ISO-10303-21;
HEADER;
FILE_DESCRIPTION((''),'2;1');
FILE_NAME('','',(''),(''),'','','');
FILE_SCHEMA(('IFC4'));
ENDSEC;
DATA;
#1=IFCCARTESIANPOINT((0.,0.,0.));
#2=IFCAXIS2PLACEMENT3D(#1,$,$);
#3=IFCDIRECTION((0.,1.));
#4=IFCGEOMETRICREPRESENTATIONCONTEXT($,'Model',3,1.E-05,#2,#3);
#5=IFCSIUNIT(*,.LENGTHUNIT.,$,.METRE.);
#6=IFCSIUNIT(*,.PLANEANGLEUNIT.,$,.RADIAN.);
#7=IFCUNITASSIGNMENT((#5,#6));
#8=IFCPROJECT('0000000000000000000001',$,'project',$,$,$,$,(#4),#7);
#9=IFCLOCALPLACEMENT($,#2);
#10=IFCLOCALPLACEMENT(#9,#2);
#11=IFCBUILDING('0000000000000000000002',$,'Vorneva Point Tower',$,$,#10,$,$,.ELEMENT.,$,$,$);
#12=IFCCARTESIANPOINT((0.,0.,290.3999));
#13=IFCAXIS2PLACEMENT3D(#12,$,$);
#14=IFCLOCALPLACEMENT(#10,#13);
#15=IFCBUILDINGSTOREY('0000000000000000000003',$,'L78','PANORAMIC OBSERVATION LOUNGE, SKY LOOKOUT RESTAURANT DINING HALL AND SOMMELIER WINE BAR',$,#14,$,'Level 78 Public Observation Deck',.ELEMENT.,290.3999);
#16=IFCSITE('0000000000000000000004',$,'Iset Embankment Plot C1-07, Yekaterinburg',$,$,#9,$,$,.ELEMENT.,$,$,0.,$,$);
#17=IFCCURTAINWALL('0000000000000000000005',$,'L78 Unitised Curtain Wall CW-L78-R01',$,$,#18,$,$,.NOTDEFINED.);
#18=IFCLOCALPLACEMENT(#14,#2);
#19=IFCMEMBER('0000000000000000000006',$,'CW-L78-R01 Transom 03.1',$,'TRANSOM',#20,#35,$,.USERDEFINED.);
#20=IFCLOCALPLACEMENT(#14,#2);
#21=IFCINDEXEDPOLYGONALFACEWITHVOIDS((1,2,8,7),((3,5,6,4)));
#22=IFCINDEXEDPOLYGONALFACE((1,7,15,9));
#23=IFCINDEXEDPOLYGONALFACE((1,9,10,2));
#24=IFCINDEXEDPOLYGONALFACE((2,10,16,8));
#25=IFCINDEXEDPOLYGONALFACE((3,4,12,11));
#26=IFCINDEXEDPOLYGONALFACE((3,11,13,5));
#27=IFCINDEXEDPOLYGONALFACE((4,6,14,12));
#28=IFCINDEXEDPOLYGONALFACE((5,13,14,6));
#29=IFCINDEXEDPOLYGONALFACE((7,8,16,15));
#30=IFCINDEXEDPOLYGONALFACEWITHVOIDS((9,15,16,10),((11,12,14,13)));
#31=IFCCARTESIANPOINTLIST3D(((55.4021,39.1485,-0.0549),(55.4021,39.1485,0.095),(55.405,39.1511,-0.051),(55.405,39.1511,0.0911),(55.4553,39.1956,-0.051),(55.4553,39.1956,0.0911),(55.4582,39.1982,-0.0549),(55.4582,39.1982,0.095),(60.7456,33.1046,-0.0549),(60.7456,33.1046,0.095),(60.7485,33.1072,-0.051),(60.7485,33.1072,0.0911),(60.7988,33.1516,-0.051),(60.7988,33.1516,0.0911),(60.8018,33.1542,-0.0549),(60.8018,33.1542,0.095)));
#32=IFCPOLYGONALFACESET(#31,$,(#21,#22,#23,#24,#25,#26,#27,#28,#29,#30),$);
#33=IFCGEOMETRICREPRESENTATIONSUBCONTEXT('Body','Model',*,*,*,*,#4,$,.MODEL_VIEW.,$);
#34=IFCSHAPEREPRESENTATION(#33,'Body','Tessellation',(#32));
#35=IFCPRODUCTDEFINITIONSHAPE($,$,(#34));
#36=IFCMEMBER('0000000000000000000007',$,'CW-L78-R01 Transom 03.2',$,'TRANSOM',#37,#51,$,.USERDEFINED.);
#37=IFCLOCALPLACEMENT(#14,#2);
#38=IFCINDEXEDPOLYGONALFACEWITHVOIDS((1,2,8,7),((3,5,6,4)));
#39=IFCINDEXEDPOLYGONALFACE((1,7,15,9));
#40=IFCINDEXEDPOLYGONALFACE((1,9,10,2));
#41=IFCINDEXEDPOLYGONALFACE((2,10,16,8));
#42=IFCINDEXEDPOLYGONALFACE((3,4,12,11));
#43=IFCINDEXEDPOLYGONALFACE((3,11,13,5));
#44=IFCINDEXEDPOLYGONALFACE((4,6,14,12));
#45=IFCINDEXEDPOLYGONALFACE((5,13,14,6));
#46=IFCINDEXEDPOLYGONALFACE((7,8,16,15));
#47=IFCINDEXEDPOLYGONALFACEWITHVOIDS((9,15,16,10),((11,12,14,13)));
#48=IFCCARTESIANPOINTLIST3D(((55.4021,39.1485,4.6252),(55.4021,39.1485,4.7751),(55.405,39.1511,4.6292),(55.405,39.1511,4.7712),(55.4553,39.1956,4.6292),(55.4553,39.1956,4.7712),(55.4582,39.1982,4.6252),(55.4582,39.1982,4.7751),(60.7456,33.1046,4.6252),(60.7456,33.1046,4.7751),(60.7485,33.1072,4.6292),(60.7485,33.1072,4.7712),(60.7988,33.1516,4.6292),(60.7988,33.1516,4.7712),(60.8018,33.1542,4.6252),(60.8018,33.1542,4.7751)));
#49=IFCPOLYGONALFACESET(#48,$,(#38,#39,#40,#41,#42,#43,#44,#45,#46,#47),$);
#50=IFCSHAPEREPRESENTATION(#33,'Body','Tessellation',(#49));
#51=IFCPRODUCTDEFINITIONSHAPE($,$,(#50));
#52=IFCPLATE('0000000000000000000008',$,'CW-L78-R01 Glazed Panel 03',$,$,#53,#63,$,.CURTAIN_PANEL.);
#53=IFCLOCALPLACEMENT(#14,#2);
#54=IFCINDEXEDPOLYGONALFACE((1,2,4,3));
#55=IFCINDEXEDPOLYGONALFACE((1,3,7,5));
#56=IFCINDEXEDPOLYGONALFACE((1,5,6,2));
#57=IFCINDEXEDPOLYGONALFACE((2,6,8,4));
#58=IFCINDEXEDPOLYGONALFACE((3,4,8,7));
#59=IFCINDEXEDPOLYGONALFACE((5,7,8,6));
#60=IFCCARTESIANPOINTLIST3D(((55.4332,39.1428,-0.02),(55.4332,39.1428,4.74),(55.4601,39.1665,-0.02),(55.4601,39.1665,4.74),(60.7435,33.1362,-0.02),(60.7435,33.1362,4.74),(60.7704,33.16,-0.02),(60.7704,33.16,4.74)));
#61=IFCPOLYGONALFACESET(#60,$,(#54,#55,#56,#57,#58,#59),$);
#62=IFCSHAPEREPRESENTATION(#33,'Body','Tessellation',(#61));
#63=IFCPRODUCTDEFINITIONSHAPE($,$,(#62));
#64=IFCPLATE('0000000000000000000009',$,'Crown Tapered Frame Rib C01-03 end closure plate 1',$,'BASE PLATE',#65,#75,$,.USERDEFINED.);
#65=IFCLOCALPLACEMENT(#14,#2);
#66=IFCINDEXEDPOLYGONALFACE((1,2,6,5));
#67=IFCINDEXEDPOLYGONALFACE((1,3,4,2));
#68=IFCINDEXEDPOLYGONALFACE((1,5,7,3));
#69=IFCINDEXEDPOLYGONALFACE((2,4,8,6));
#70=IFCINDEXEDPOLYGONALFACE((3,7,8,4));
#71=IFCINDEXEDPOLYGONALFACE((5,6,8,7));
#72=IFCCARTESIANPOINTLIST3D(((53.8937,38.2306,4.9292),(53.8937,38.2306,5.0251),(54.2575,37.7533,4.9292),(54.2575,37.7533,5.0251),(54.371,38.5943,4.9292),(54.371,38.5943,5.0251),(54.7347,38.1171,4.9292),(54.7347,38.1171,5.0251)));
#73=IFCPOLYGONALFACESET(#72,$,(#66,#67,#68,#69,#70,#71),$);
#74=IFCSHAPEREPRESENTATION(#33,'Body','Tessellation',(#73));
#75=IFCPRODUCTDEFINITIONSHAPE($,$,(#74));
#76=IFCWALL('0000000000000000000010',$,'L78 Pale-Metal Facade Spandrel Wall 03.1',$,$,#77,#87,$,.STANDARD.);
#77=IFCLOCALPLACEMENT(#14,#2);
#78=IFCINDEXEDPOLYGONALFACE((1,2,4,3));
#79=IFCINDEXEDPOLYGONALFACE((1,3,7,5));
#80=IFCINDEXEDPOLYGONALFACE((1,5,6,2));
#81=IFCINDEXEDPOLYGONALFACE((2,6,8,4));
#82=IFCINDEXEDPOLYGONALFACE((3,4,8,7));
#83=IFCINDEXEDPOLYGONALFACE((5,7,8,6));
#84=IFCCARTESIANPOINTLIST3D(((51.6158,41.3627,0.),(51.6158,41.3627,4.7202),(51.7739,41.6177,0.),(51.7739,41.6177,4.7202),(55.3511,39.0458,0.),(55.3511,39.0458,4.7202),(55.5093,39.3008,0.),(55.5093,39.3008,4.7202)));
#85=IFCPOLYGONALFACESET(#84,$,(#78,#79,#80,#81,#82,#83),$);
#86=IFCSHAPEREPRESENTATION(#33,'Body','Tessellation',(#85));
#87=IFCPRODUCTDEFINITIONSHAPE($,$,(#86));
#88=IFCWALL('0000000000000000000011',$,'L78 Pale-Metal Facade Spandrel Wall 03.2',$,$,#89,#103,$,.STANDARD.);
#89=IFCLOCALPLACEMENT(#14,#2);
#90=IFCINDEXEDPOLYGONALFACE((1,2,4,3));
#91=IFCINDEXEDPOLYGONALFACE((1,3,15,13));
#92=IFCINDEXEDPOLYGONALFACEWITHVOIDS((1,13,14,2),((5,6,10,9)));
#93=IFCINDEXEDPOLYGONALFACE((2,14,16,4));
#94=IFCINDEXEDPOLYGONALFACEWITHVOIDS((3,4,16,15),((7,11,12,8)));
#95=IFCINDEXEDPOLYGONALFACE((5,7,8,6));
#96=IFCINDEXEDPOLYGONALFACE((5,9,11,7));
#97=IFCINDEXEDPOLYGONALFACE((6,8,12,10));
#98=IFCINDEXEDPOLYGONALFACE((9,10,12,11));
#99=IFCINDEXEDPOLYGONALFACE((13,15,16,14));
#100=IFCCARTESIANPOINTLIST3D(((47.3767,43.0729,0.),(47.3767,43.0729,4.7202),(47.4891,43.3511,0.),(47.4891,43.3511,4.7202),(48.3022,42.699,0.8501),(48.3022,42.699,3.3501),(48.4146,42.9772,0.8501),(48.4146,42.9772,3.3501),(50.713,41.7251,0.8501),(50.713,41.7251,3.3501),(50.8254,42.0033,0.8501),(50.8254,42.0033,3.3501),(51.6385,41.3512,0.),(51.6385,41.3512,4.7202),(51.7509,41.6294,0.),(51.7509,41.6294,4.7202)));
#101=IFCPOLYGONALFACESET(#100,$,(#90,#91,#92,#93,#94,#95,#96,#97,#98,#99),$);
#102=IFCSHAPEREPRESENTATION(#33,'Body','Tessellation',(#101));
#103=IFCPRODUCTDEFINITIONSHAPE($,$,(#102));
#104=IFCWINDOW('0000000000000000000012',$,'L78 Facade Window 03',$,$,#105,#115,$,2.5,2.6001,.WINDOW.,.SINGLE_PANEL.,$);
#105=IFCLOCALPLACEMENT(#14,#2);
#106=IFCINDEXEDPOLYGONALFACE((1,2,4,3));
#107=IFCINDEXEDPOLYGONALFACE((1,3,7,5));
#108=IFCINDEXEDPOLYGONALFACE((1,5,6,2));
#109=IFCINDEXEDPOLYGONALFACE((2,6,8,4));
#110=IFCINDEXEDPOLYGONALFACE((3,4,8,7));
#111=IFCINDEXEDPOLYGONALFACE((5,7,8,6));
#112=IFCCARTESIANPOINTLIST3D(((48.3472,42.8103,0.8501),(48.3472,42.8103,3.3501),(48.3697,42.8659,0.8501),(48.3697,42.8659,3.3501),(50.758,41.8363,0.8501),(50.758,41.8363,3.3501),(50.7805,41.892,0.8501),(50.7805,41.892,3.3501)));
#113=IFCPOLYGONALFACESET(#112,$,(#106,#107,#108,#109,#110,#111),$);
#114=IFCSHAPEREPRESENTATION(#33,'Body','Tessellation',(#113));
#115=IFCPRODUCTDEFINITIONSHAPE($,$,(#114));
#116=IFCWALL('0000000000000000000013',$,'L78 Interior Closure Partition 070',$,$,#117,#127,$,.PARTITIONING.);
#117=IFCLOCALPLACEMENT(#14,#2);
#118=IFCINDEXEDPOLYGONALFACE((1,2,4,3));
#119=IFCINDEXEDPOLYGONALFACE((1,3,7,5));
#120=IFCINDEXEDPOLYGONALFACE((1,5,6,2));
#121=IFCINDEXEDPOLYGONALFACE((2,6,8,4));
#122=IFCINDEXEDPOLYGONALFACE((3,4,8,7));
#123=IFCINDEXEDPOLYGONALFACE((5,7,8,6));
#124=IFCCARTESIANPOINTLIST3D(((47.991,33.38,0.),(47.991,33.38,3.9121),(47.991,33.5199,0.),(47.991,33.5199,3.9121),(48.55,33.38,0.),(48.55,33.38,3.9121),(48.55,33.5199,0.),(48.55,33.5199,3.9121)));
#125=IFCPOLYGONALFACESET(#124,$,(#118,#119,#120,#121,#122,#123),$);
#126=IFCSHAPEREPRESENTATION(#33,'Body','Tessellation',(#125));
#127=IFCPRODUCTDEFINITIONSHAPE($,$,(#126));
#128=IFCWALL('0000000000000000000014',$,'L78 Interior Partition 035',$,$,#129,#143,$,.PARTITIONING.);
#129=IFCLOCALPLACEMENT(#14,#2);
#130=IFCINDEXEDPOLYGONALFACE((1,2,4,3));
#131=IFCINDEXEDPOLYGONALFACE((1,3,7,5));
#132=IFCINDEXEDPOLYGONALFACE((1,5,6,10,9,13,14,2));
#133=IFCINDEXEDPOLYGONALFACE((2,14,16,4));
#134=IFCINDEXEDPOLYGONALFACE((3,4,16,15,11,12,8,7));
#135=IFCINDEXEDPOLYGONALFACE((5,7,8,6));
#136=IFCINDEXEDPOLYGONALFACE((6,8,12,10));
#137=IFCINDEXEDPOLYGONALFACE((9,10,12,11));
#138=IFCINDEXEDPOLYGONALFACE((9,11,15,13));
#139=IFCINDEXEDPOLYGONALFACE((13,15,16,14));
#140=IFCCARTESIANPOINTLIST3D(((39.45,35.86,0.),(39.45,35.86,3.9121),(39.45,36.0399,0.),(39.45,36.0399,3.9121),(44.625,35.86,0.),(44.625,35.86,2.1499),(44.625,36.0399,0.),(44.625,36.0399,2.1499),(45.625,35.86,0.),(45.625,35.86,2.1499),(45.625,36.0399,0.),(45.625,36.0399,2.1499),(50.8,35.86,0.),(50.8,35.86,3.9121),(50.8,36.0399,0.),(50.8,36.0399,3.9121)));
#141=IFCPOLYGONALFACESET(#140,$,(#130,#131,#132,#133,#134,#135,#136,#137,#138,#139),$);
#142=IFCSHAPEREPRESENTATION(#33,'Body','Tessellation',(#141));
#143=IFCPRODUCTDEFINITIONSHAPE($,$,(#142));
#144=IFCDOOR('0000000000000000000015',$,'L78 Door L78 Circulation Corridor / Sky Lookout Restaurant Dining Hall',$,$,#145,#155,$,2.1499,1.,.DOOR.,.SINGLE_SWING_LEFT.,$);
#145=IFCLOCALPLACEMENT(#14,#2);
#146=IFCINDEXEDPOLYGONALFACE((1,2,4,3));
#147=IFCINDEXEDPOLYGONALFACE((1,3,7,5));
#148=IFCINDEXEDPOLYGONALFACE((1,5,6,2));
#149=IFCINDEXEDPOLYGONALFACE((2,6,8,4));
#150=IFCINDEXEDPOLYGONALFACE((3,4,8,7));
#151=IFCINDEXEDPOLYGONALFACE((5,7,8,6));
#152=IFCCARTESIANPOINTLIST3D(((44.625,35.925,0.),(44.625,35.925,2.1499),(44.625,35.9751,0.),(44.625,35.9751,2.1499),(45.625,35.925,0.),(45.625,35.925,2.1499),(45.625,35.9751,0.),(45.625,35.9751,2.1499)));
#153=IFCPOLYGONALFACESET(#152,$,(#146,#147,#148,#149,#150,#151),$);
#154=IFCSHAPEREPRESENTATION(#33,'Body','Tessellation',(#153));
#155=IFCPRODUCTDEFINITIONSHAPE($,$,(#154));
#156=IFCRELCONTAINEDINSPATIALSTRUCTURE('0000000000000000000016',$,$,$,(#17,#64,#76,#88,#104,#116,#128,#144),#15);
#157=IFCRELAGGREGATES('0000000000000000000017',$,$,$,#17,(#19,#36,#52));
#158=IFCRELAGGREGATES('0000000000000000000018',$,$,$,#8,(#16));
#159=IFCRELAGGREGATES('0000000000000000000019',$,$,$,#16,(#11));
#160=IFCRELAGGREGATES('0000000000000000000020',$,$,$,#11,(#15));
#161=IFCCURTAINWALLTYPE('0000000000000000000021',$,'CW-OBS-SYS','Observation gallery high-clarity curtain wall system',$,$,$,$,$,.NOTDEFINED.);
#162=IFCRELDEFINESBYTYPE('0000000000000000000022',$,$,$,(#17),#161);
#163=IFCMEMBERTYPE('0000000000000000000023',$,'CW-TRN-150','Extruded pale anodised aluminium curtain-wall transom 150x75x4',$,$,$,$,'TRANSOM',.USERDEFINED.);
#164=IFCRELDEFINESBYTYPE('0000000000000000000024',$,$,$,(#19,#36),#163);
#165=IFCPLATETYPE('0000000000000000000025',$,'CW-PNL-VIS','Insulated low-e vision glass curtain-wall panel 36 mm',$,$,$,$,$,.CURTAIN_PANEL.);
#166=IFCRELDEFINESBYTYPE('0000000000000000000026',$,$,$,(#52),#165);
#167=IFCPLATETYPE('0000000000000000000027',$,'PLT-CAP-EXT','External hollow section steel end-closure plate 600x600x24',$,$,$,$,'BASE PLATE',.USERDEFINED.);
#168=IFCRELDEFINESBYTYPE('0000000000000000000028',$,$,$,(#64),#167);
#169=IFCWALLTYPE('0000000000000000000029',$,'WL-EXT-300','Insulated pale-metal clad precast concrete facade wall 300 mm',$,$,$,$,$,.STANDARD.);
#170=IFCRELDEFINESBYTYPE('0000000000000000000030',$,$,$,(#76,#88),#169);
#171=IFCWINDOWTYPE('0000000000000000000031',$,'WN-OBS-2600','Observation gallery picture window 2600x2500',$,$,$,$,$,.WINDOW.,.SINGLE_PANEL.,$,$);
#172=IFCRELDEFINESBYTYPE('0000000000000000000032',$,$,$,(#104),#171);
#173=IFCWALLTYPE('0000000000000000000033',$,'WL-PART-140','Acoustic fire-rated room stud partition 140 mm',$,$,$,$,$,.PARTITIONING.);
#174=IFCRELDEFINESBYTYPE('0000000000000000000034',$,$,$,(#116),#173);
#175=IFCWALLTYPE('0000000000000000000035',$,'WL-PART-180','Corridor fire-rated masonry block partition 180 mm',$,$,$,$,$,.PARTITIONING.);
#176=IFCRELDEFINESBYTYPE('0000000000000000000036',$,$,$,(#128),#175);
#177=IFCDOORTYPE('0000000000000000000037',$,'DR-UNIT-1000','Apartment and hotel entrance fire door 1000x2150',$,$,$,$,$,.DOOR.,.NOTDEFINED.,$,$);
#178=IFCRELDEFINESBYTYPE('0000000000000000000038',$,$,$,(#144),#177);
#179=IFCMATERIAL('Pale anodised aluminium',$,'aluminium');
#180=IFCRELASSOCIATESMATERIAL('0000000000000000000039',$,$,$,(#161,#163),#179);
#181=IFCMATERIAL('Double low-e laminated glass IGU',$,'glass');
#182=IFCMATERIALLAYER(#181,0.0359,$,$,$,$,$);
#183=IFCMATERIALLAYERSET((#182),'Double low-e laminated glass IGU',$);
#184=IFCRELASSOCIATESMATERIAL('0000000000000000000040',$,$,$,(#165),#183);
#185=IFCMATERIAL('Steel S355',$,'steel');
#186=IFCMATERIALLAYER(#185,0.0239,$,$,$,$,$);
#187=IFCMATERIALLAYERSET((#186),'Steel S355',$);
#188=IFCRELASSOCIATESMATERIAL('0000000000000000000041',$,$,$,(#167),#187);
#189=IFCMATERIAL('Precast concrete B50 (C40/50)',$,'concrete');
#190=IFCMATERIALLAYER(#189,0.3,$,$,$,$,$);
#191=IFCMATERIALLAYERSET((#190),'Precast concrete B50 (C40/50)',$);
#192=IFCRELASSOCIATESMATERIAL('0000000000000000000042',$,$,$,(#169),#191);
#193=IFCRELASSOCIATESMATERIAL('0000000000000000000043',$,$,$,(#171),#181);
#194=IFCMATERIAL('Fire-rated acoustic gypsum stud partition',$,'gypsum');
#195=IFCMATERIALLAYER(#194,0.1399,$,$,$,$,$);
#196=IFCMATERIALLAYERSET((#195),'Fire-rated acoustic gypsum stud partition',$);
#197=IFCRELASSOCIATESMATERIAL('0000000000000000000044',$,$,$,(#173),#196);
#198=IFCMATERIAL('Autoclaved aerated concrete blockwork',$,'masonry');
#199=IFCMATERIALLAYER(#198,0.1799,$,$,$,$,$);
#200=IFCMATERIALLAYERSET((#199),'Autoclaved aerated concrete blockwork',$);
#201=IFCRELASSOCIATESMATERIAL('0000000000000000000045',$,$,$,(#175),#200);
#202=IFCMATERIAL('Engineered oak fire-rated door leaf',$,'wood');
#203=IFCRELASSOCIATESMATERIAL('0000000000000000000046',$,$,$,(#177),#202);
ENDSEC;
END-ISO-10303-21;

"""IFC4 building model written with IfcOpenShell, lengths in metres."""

from ifc_helpers import new_model, si_unit, direction, frame, frame_2d, origin, origin_2d, place, context, subcontext, project, spatial, rectangle, hollow_rectangle, extrude, material, layer, layer_set, material_profile, profile_set, type_object, element, fill, aggregate, save


model = new_model("IFC4")

# Units and contexts
model_context = context("Model", 3, precision=1e-05, world=origin(), true_north=direction((0.0, 1.0)))
body_context = subcontext(model_context, "Body", "Model", "MODEL_VIEW")
ifc_project = project(units=[si_unit("LENGTHUNIT", "METRE"), si_unit("PLANEANGLEUNIT", "RADIAN")], contexts=[model_context])

# Site, building, storey
site_placement = place(None, origin())
site = spatial("IfcSite", under=ifc_project, at=site_placement, Name="Iset Embankment Plot C1-07, Yekaterinburg", CompositionType="ELEMENT", RefElevation=0.0)
building_placement = place(site_placement, origin())
building = spatial("IfcBuilding", under=site, at=building_placement, Name="Vorneva Point Tower", CompositionType="ELEMENT")
storey_placement = place(building_placement, frame((0.0, 0.0, 290.3999)))
storey = spatial("IfcBuildingStorey", under=building, at=storey_placement, Name="L78", Description="PANORAMIC OBSERVATION LOUNGE, SKY LOOKOUT RESTAURANT DINING HALL AND SOMMELIER WINE BAR", LongName="Level 78 Public Observation Deck", CompositionType="ELEMENT", Elevation=290.3999)

# Shared definitions
ifc_material_1 = material(Name="Steel S355", Category="steel")

# Curtain wall, members, plate
ifc_material_2 = material(Name="Pale anodised aluminium", Category="aluminium")
curtain_wall_type = type_object("IfcCurtainWallType", Name="CW-OBS-SYS", Description="Observation gallery high-clarity curtain wall system", PredefinedType="NOTDEFINED", material=ifc_material_2)
curtain_wall_placement = place(storey_placement, origin())
curtain_wall = element("IfcCurtainWall", 1, at=curtain_wall_placement, inside=storey, type_object=curtain_wall_type, Name="L78 Unitised Curtain Wall CW-L78-R01", PredefinedType="NOTDEFINED")
ifc_material_profile_1 = material_profile(ifc_material_2, hollow_rectangle(XDim=0.075, YDim=0.1499, WallThickness=0.0039, at=origin_2d()), Name="AL-TRN 150x75x4")
ifc_profile_set_1 = profile_set([ifc_material_profile_1], Name="Pale anodised aluminium")
member_type_1 = type_object("IfcMemberType", Name="CW-TRN-150", Description="Extruded pale anodised aluminium curtain-wall transom 150x75x4", ElementType="TRANSOM", PredefinedType="USERDEFINED", material=ifc_profile_set_1)
member_1_placement = place(storey_placement, frame((60.7737, 33.1294, 0.02), z_axis=(-0.662361, 0.749185, 0.0), x_axis=(-0.749185, -0.662361, 0.0)))
member_1 = element("IfcMember", 2, at=member_1_placement, type_object=member_type_1, Name="CW-L78-R01 Transom 03.1", ObjectType="TRANSOM", PredefinedType="USERDEFINED", context=body_context, shape_type="SweptSolid", body=[
    extrude(hollow_rectangle(XDim=0.075, YDim=0.1499, WallThickness=0.0039, at=origin_2d()), origin(), (0.0, 0.0, 1.0), 8.0674),
])
member_2_placement = place(storey_placement, frame((60.7737, 33.1294, 4.7002), z_axis=(-0.662361, 0.749185, 0.0), x_axis=(-0.749185, -0.662361, 0.0)))
member_2 = element("IfcMember", 3, at=member_2_placement, type_object=member_type_1, Name="CW-L78-R01 Transom 03.2", ObjectType="TRANSOM", PredefinedType="USERDEFINED", context=body_context, shape_type="SweptSolid", body=[
    extrude(hollow_rectangle(XDim=0.075, YDim=0.1499, WallThickness=0.0039, at=origin_2d()), origin(), (0.0, 0.0, 1.0), 8.0674),
])
ifc_material_3 = material(Name="Double low-e laminated glass IGU", Category="glass")
ifc_layer_1 = layer(ifc_material_3, 0.0359)
ifc_layer_set_1 = layer_set([ifc_layer_1], Name="Double low-e laminated glass IGU")
plate_type_1 = type_object("IfcPlateType", Name="CW-PNL-VIS", Description="Insulated low-e vision glass curtain-wall panel 36 mm", PredefinedType="CURTAIN_PANEL", material=ifc_layer_set_1)
plate_1_placement = place(storey_placement, frame((58.1018, 36.1514, -0.02), z_axis=(0.0, 0.0, 1.0), x_axis=(-0.662345, 0.749199, 0.0)))
plate_1 = element("IfcPlate", 4, at=plate_1_placement, type_object=plate_type_1, Name="CW-L78-R01 Glazed Panel 03", PredefinedType="CURTAIN_PANEL", context=body_context, shape_type="SweptSolid", body=[
    extrude(rectangle(XDim=8.0173, YDim=0.0359, at=origin_2d()), origin(), (0.0, 0.0, 1.0), 4.76),
])
aggregate(curtain_wall, [member_1, member_2, plate_1])

# Plate
ifc_layer_2 = layer(ifc_material_1, 0.0239)
ifc_layer_set_2 = layer_set([ifc_layer_2], Name="Steel S355")
plate_type_2 = type_object("IfcPlateType", Name="PLT-CAP-EXT", Description="External hollow section steel end-closure plate 600x600x24", ElementType="BASE PLATE", PredefinedType="USERDEFINED", material=ifc_layer_set_2)
plate_2_placement = place(storey_placement, frame((54.3142, 38.1738, 4.9292), z_axis=(0.0, 0.0, 1.0), x_axis=(-0.795325, -0.606183, 0.0)))
element("IfcPlate", 5, at=plate_2_placement, inside=storey, type_object=plate_type_2, Name="Crown Tapered Frame Rib C01-03 end closure plate 1", ObjectType="BASE PLATE", PredefinedType="USERDEFINED", context=body_context, shape_type="SweptSolid", body=[
    extrude(rectangle(XDim=0.6001, YDim=0.6001, at=origin_2d()), origin(), (0.0, 0.0, 1.0), 0.0959),
])

# Wall
ifc_material_4 = material(Name="Precast concrete B50 (C40/50)", Category="concrete")
ifc_layer_3 = layer(ifc_material_4, 0.3)
ifc_layer_set_3 = layer_set([ifc_layer_3], Name="Precast concrete B50 (C40/50)")
wall_type_1 = type_object("IfcWallType", Name="WL-EXT-300", Description="Insulated pale-metal clad precast concrete facade wall 300 mm", PredefinedType="STANDARD", material=ifc_layer_set_3)
wall_1_placement = place(storey_placement, frame((55.4302, 39.1733, 0.0), z_axis=(0.0, 0.0, 1.0), x_axis=(-0.849803, 0.5271, 0.0)))
element("IfcWall", 6, at=wall_1_placement, inside=storey, type_object=wall_type_1, Name="L78 Pale-Metal Facade Spandrel Wall 03.1", PredefinedType="STANDARD", context=body_context, shape_type="SweptSolid", body=[
    extrude(rectangle(XDim=4.3955, YDim=0.3, at=frame_2d((2.1978, 0.0))), origin(), (0.0, 0.0, 1.0), 4.7202),
])

# Wall, opening, window
wall_2_placement = place(storey_placement, frame((51.6948, 41.4902, 0.0), z_axis=(0.0, 0.0, 1.0), x_axis=(-0.927196, 0.374575, 0.0)))
wall_2 = element("IfcWall", 7, at=wall_2_placement, inside=storey, type_object=wall_type_1, Name="L78 Pale-Metal Facade Spandrel Wall 03.2", PredefinedType="STANDARD", context=body_context, shape_type="SweptSolid", body=[
    extrude(rectangle(XDim=4.5964, YDim=0.3, at=frame_2d((2.2983, 0.0))), origin(), (0.0, 0.0, 1.0), 4.7202),
])
opening_1_placement = place(wall_2_placement, frame((0.9983, 0.0, 0.8501)))
opening_1 = element("IfcOpeningElement", 8, at=opening_1_placement, cuts=wall_2, PredefinedType="OPENING", context=body_context, shape_type="SweptSolid", body=[
    extrude(rectangle(XDim=2.6001, YDim=2.5, at=frame_2d((1.3, 1.25))), frame((0.0, 0.165, 0.0), z_axis=(0.0, -1.0, 0.0), x_axis=(1.0, 0.0, 0.0)), (0.0, 0.0, 1.0), 0.3298),
])
window_type = type_object("IfcWindowType", Name="WN-OBS-2600", Description="Observation gallery picture window 2600x2500", PartitioningType="SINGLE_PANEL", PredefinedType="WINDOW", material=ifc_material_3)
window_placement = place(opening_1_placement, origin())
window = element("IfcWindow", 9, at=window_placement, inside=storey, type_object=window_type, Name="L78 Facade Window 03", OverallHeight=2.5, OverallWidth=2.6001, PartitioningType="SINGLE_PANEL", PredefinedType="WINDOW", context=body_context, shape_type="SweptSolid", body=[
    extrude(rectangle(XDim=2.6001, YDim=2.5, at=frame_2d((1.3, 1.25))), frame((0.0, 0.03, 0.0), z_axis=(0.0, -1.0, 0.0), x_axis=(1.0, 0.0, 0.0)), (0.0, 0.0, 1.0), 0.0601),
])
fill(opening_1, window)

# Wall
ifc_material_5 = material(Name="Fire-rated acoustic gypsum stud partition", Category="gypsum")
ifc_layer_4 = layer(ifc_material_5, 0.1399)
ifc_layer_set_4 = layer_set([ifc_layer_4], Name="Fire-rated acoustic gypsum stud partition")
wall_type_2 = type_object("IfcWallType", Name="WL-PART-140", Description="Acoustic fire-rated room stud partition 140 mm", PredefinedType="PARTITIONING", material=ifc_layer_set_4)
wall_3_placement = place(storey_placement, frame((48.55, 33.45, 0.0), z_axis=(0.0, 0.0, 1.0), x_axis=(-1.0, 0.0, 0.0)))
element("IfcWall", 10, at=wall_3_placement, inside=storey, type_object=wall_type_2, Name="L78 Interior Closure Partition 070", PredefinedType="PARTITIONING", context=body_context, shape_type="SweptSolid", body=[
    extrude(rectangle(XDim=0.5591, YDim=0.1399, at=frame_2d((0.2795, 0.0))), origin(), (0.0, 0.0, 1.0), 3.9121),
])

# Wall, opening, door
ifc_material_6 = material(Name="Autoclaved aerated concrete blockwork", Category="masonry")
ifc_layer_5 = layer(ifc_material_6, 0.1799)
ifc_layer_set_5 = layer_set([ifc_layer_5], Name="Autoclaved aerated concrete blockwork")
wall_type_3 = type_object("IfcWallType", Name="WL-PART-180", Description="Corridor fire-rated masonry block partition 180 mm", PredefinedType="PARTITIONING", material=ifc_layer_set_5)
wall_4_placement = place(storey_placement, frame((50.8, 35.95, 0.0), z_axis=(0.0, 0.0, 1.0), x_axis=(-1.0, 0.0, 0.0)))
wall_4 = element("IfcWall", 11, at=wall_4_placement, inside=storey, type_object=wall_type_3, Name="L78 Interior Partition 035", PredefinedType="PARTITIONING", context=body_context, shape_type="SweptSolid", body=[
    extrude(rectangle(XDim=11.3501, YDim=0.1799, at=frame_2d((5.675, 0.0))), origin(), (0.0, 0.0, 1.0), 3.9121),
])
opening_2_placement = place(wall_4_placement, frame((5.175, 0.0, 0.0)))
opening_2 = element("IfcOpeningElement", 12, at=opening_2_placement, cuts=wall_4, PredefinedType="OPENING", context=body_context, shape_type="SweptSolid", body=[
    extrude(rectangle(XDim=1.0, YDim=2.1499, at=frame_2d((0.5, 1.075))), frame((0.0, 0.105, 0.0), z_axis=(0.0, -1.0, 0.0), x_axis=(1.0, 0.0, 0.0)), (0.0, 0.0, 1.0), 0.2097),
])
ifc_material_7 = material(Name="Engineered oak fire-rated door leaf", Category="wood")
door_type_1 = type_object("IfcDoorType", Name="DR-UNIT-1000", Description="Apartment and hotel entrance fire door 1000x2150", OperationType="NOTDEFINED", PredefinedType="DOOR", material=ifc_material_7)
door_1_placement = place(opening_2_placement, origin())
door_1 = element("IfcDoor", 13, at=door_1_placement, inside=storey, type_object=door_type_1, Name="L78 Door L78 Circulation Corridor / Sky Lookout Restaurant Dining Hall", OperationType="SINGLE_SWING_LEFT", OverallHeight=2.1499, OverallWidth=1.0, PredefinedType="DOOR", context=body_context, shape_type="SweptSolid", body=[
    extrude(rectangle(XDim=1.0, YDim=2.1499, at=frame_2d((0.5, 1.075))), frame((0.0, 0.0249, 0.0), z_axis=(0.0, -1.0, 0.0), x_axis=(1.0, 0.0, 0.0)), (0.0, 0.0, 1.0), 0.05),
])
fill(opening_2, door_1)

save(model, "model.ifc")
